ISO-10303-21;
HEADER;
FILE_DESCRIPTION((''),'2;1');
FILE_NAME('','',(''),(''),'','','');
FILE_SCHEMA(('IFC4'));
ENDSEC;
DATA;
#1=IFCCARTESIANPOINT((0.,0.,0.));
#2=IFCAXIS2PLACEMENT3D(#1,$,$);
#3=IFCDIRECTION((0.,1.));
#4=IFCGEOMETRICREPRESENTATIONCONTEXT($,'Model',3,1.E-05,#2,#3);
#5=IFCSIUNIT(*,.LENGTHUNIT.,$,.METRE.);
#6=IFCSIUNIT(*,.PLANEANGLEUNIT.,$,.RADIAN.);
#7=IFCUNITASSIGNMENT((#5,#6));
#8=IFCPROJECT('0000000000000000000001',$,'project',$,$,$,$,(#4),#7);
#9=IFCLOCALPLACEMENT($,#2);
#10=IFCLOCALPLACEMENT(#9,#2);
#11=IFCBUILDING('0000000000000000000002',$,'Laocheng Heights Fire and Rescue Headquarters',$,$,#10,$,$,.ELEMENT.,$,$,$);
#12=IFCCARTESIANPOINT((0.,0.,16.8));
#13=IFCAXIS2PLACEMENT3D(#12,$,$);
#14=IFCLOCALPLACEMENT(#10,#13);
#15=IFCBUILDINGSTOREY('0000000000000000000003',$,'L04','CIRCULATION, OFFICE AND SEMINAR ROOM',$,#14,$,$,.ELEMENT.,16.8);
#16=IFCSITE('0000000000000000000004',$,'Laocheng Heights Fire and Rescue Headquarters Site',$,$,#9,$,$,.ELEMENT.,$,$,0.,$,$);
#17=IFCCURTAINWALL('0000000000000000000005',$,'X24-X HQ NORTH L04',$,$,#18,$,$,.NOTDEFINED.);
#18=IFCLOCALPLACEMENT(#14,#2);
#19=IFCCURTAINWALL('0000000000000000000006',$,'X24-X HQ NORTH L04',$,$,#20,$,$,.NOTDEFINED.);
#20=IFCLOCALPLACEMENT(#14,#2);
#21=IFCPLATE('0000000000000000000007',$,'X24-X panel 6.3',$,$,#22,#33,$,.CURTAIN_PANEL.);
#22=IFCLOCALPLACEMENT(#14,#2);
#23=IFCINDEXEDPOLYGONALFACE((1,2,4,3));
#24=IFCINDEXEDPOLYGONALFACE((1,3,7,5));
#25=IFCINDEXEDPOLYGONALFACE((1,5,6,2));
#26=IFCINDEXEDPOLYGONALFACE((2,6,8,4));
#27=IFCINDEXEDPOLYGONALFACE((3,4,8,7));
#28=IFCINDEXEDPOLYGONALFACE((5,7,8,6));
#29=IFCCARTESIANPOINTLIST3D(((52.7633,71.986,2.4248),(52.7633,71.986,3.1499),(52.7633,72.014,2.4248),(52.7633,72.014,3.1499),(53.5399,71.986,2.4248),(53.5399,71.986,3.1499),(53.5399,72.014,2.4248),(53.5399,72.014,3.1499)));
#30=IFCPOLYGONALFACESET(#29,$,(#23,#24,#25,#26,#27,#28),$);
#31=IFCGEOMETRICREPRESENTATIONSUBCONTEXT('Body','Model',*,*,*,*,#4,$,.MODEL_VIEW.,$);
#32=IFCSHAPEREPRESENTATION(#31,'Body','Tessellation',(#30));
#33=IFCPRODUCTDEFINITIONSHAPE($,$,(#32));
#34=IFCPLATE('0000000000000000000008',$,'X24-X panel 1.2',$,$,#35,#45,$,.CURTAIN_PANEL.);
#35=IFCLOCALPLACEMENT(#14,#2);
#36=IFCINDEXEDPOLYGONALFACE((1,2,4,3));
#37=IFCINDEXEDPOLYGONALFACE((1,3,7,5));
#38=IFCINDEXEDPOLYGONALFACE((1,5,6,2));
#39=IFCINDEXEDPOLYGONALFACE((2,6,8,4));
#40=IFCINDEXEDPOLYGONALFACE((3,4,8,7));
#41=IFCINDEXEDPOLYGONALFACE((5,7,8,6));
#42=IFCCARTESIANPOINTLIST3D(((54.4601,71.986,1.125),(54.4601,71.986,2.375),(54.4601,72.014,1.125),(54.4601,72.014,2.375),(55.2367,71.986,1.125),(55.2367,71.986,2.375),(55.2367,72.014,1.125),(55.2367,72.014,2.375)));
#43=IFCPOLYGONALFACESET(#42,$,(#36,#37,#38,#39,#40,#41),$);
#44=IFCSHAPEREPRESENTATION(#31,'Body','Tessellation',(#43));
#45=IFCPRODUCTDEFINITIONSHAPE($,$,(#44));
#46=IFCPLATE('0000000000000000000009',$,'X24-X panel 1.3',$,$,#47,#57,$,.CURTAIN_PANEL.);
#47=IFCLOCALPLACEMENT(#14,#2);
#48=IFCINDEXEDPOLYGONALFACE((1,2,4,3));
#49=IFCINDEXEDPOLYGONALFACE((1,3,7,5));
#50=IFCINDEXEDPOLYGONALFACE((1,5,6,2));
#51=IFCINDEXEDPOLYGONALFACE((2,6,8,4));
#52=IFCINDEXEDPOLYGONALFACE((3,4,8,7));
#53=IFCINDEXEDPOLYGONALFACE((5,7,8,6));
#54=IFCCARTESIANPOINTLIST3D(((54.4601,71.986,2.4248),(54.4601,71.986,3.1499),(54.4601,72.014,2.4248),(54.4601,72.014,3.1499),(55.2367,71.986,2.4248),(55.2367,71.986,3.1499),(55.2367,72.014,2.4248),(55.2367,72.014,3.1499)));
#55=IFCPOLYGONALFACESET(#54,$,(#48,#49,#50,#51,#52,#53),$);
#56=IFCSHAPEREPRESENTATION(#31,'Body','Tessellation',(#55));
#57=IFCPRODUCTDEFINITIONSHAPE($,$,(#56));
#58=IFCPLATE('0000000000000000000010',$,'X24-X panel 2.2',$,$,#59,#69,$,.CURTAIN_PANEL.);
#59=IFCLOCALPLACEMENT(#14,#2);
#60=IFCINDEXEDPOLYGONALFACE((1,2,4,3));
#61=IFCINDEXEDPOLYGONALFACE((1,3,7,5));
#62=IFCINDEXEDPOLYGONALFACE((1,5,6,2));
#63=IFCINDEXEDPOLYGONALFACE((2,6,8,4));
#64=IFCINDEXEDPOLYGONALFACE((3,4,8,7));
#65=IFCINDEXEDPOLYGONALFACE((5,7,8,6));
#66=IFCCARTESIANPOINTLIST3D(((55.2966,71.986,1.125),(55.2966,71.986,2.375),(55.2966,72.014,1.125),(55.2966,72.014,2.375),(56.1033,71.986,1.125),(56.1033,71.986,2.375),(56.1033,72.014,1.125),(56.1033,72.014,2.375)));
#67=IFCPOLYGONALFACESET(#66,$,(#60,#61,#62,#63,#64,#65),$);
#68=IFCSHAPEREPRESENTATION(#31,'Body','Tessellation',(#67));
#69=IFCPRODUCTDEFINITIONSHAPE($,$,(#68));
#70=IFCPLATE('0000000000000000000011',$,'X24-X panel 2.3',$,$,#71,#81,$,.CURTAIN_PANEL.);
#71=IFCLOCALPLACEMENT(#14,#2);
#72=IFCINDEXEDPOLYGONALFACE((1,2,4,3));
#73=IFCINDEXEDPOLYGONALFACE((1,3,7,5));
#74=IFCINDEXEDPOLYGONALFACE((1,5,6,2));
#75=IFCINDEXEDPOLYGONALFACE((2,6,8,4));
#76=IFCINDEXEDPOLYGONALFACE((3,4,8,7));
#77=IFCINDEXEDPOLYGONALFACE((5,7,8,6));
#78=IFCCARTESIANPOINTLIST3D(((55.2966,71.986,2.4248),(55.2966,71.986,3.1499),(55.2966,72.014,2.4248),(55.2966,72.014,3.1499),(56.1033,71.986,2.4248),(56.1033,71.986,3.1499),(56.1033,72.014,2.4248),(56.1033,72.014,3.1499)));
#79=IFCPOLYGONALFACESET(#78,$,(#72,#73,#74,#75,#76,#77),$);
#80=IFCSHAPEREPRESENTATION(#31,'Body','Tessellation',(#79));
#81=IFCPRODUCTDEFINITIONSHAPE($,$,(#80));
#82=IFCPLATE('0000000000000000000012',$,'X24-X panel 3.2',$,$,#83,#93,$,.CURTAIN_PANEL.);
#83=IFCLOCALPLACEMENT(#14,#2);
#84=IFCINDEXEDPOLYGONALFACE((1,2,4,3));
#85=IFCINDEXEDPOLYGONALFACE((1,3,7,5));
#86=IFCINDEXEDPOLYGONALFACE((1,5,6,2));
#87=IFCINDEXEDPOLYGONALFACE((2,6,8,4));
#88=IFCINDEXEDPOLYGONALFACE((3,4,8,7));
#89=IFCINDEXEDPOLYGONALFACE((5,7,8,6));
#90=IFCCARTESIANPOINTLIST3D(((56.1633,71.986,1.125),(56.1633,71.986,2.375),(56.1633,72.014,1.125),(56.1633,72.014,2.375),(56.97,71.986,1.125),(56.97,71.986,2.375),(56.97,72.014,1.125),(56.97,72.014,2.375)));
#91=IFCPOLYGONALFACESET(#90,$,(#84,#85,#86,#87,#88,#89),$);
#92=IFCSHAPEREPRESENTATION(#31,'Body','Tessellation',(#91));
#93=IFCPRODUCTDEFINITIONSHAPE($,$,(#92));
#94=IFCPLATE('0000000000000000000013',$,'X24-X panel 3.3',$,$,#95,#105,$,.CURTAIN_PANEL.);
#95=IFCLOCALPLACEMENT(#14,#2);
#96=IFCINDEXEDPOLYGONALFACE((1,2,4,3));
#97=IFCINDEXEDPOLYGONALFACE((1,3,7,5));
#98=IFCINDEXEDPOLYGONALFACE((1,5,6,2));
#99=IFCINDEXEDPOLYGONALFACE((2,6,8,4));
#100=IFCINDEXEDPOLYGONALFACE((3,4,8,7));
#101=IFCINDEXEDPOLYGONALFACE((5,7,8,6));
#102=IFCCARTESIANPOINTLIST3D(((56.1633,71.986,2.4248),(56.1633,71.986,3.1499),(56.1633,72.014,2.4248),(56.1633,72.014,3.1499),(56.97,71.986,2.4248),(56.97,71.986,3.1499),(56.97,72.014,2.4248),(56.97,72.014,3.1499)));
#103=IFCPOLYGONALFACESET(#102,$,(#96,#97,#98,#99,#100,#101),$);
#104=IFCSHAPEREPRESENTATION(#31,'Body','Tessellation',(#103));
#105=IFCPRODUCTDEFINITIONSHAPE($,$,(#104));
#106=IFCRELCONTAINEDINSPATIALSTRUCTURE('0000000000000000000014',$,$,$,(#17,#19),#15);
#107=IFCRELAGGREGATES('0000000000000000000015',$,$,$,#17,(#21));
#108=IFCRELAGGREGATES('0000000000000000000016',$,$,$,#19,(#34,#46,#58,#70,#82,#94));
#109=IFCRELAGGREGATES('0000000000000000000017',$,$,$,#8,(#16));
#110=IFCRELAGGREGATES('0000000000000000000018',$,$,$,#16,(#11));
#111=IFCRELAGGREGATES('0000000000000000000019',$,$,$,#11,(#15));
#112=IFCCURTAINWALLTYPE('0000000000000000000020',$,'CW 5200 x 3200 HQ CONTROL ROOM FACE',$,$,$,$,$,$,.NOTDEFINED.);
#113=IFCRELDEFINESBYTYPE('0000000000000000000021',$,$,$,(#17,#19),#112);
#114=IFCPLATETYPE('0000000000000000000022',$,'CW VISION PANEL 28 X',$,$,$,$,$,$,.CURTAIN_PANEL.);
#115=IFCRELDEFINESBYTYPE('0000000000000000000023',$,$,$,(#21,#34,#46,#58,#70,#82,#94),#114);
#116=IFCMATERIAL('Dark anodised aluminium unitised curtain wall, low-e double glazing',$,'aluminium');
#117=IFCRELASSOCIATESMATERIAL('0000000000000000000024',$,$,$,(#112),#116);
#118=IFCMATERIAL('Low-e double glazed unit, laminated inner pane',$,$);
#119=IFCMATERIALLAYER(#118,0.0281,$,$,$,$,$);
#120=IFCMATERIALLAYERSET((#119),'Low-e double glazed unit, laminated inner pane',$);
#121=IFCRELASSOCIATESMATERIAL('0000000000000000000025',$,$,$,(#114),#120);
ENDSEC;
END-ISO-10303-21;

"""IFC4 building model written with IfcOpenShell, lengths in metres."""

from ifc_helpers import new_model, si_unit, direction, frame, origin, origin_2d, place, context, subcontext, project, spatial, rectangle, extrude, material, layer, layer_set, type_object, element, aggregate, save


model = new_model("IFC4")

# Units and contexts
model_context = context("Model", 3, precision=1e-05, world=origin(), true_north=direction((0.0, 1.0)))
body_context = subcontext(model_context, "Body", "Model", "MODEL_VIEW")
ifc_project = project(units=[si_unit("LENGTHUNIT", "METRE"), si_unit("PLANEANGLEUNIT", "RADIAN")], contexts=[model_context])

# Site, building, storey
site_placement = place(None, origin())
site = spatial("IfcSite", under=ifc_project, at=site_placement, Name="Laocheng Heights Fire and Rescue Headquarters Site", CompositionType="ELEMENT", RefElevation=0.0)
building_placement = place(site_placement, origin())
building = spatial("IfcBuilding", under=site, at=building_placement, Name="Laocheng Heights Fire and Rescue Headquarters", CompositionType="ELEMENT")
storey_placement = place(building_placement, frame((0.0, 0.0, 16.8)))
storey = spatial("IfcBuildingStorey", under=building, at=storey_placement, Name="L04", Description="CIRCULATION, OFFICE AND SEMINAR ROOM", CompositionType="ELEMENT", Elevation=16.8)

# Curtain wall
ifc_material_1 = material(Name="Dark anodised aluminium unitised curtain wall, low-e double glazing", Category="aluminium")
curtain_wall_type = type_object("IfcCurtainWallType", Name="CW 5200 x 3200 HQ CONTROL ROOM FACE", PredefinedType="NOTDEFINED", material=ifc_material_1)
curtain_wall_1_placement = place(storey_placement, origin())
curtain_wall_1 = element("IfcCurtainWall", 1, at=curtain_wall_1_placement, inside=storey, type_object=curtain_wall_type, Name="X24-X HQ NORTH L04", PredefinedType="NOTDEFINED")

# Curtain wall
curtain_wall_2_placement = place(storey_placement, origin())
curtain_wall_2 = element("IfcCurtainWall", 2, at=curtain_wall_2_placement, inside=storey, type_object=curtain_wall_type, Name="X24-X HQ NORTH L04", PredefinedType="NOTDEFINED")

# Plates
ifc_material_2 = material(Name="Low-e double glazed unit, laminated inner pane")
ifc_layer_1 = layer(ifc_material_2, 0.0281)
ifc_layer_set_1 = layer_set([ifc_layer_1], Name="Low-e double glazed unit, laminated inner pane")
plate_type_1 = type_object("IfcPlateType", Name="CW VISION PANEL 28 X", PredefinedType="CURTAIN_PANEL", material=ifc_layer_set_1)
plate_1_placement = place(storey_placement, frame((53.1516, 72.0, 2.4248), z_axis=(0.0, 0.0, 1.0), x_axis=(1.0, 0.0, 0.0)))
plate_1 = element("IfcPlate", 3, at=plate_1_placement, type_object=plate_type_1, Name="X24-X panel 6.3", PredefinedType="CURTAIN_PANEL", context=body_context, shape_type="SweptSolid", body=[
    extrude(rectangle(XDim=0.7766, YDim=0.0281, at=origin_2d()), origin(), (0.0, 0.0, 1.0), 0.7251),
])
aggregate(curtain_wall_1, [plate_1])
plate_2_placement = place(storey_placement, frame((54.8484, 72.0, 1.125), z_axis=(0.0, 0.0, 1.0), x_axis=(1.0, 0.0, 0.0)))
plate_2 = element("IfcPlate", 4, at=plate_2_placement, type_object=plate_type_1, Name="X24-X panel 1.2", PredefinedType="CURTAIN_PANEL", context=body_context, shape_type="SweptSolid", body=[
    extrude(rectangle(XDim=0.7766, YDim=0.0281, at=origin_2d()), origin(), (0.0, 0.0, 1.0), 1.25),
])
plate_3_placement = place(storey_placement, frame((54.8484, 72.0, 2.4248), z_axis=(0.0, 0.0, 1.0), x_axis=(1.0, 0.0, 0.0)))
plate_3 = element("IfcPlate", 5, at=plate_3_placement, type_object=plate_type_1, Name="X24-X panel 1.3", PredefinedType="CURTAIN_PANEL", context=body_context, shape_type="SweptSolid", body=[
    extrude(rectangle(XDim=0.7766, YDim=0.0281, at=origin_2d()), origin(), (0.0, 0.0, 1.0), 0.7251),
])
plate_4_placement = place(storey_placement, frame((55.7, 72.0, 1.125), z_axis=(0.0, 0.0, 1.0), x_axis=(1.0, 0.0, 0.0)))
plate_4 = element("IfcPlate", 6, at=plate_4_placement, type_object=plate_type_1, Name="X24-X panel 2.2", PredefinedType="CURTAIN_PANEL", context=body_context, shape_type="SweptSolid", body=[
    extrude(rectangle(XDim=0.8066, YDim=0.0281, at=origin_2d()), origin(), (0.0, 0.0, 1.0), 1.25),
])
plate_5_placement = place(storey_placement, frame((55.7, 72.0, 2.4248), z_axis=(0.0, 0.0, 1.0), x_axis=(1.0, 0.0, 0.0)))
plate_5 = element("IfcPlate", 7, at=plate_5_placement, type_object=plate_type_1, Name="X24-X panel 2.3", PredefinedType="CURTAIN_PANEL", context=body_context, shape_type="SweptSolid", body=[
    extrude(rectangle(XDim=0.8066, YDim=0.0281, at=origin_2d()), origin(), (0.0, 0.0, 1.0), 0.7251),
])
plate_6_placement = place(storey_placement, frame((56.5667, 72.0, 1.125), z_axis=(0.0, 0.0, 1.0), x_axis=(1.0, 0.0, 0.0)))
plate_6 = element("IfcPlate", 8, at=plate_6_placement, type_object=plate_type_1, Name="X24-X panel 3.2", PredefinedType="CURTAIN_PANEL", context=body_context, shape_type="SweptSolid", body=[
    extrude(rectangle(XDim=0.8066, YDim=0.0281, at=origin_2d()), origin(), (0.0, 0.0, 1.0), 1.25),
])
plate_7_placement = place(storey_placement, frame((56.5667, 72.0, 2.4248), z_axis=(0.0, 0.0, 1.0), x_axis=(1.0, 0.0, 0.0)))
plate_7 = element("IfcPlate", 9, at=plate_7_placement, type_object=plate_type_1, Name="X24-X panel 3.3", PredefinedType="CURTAIN_PANEL", context=body_context, shape_type="SweptSolid", body=[
    extrude(rectangle(XDim=0.8066, YDim=0.0281, at=origin_2d()), origin(), (0.0, 0.0, 1.0), 0.7251),
])
aggregate(curtain_wall_2, [plate_2, plate_3, plate_4, plate_5, plate_6, plate_7])

save(model, "model.ifc")
